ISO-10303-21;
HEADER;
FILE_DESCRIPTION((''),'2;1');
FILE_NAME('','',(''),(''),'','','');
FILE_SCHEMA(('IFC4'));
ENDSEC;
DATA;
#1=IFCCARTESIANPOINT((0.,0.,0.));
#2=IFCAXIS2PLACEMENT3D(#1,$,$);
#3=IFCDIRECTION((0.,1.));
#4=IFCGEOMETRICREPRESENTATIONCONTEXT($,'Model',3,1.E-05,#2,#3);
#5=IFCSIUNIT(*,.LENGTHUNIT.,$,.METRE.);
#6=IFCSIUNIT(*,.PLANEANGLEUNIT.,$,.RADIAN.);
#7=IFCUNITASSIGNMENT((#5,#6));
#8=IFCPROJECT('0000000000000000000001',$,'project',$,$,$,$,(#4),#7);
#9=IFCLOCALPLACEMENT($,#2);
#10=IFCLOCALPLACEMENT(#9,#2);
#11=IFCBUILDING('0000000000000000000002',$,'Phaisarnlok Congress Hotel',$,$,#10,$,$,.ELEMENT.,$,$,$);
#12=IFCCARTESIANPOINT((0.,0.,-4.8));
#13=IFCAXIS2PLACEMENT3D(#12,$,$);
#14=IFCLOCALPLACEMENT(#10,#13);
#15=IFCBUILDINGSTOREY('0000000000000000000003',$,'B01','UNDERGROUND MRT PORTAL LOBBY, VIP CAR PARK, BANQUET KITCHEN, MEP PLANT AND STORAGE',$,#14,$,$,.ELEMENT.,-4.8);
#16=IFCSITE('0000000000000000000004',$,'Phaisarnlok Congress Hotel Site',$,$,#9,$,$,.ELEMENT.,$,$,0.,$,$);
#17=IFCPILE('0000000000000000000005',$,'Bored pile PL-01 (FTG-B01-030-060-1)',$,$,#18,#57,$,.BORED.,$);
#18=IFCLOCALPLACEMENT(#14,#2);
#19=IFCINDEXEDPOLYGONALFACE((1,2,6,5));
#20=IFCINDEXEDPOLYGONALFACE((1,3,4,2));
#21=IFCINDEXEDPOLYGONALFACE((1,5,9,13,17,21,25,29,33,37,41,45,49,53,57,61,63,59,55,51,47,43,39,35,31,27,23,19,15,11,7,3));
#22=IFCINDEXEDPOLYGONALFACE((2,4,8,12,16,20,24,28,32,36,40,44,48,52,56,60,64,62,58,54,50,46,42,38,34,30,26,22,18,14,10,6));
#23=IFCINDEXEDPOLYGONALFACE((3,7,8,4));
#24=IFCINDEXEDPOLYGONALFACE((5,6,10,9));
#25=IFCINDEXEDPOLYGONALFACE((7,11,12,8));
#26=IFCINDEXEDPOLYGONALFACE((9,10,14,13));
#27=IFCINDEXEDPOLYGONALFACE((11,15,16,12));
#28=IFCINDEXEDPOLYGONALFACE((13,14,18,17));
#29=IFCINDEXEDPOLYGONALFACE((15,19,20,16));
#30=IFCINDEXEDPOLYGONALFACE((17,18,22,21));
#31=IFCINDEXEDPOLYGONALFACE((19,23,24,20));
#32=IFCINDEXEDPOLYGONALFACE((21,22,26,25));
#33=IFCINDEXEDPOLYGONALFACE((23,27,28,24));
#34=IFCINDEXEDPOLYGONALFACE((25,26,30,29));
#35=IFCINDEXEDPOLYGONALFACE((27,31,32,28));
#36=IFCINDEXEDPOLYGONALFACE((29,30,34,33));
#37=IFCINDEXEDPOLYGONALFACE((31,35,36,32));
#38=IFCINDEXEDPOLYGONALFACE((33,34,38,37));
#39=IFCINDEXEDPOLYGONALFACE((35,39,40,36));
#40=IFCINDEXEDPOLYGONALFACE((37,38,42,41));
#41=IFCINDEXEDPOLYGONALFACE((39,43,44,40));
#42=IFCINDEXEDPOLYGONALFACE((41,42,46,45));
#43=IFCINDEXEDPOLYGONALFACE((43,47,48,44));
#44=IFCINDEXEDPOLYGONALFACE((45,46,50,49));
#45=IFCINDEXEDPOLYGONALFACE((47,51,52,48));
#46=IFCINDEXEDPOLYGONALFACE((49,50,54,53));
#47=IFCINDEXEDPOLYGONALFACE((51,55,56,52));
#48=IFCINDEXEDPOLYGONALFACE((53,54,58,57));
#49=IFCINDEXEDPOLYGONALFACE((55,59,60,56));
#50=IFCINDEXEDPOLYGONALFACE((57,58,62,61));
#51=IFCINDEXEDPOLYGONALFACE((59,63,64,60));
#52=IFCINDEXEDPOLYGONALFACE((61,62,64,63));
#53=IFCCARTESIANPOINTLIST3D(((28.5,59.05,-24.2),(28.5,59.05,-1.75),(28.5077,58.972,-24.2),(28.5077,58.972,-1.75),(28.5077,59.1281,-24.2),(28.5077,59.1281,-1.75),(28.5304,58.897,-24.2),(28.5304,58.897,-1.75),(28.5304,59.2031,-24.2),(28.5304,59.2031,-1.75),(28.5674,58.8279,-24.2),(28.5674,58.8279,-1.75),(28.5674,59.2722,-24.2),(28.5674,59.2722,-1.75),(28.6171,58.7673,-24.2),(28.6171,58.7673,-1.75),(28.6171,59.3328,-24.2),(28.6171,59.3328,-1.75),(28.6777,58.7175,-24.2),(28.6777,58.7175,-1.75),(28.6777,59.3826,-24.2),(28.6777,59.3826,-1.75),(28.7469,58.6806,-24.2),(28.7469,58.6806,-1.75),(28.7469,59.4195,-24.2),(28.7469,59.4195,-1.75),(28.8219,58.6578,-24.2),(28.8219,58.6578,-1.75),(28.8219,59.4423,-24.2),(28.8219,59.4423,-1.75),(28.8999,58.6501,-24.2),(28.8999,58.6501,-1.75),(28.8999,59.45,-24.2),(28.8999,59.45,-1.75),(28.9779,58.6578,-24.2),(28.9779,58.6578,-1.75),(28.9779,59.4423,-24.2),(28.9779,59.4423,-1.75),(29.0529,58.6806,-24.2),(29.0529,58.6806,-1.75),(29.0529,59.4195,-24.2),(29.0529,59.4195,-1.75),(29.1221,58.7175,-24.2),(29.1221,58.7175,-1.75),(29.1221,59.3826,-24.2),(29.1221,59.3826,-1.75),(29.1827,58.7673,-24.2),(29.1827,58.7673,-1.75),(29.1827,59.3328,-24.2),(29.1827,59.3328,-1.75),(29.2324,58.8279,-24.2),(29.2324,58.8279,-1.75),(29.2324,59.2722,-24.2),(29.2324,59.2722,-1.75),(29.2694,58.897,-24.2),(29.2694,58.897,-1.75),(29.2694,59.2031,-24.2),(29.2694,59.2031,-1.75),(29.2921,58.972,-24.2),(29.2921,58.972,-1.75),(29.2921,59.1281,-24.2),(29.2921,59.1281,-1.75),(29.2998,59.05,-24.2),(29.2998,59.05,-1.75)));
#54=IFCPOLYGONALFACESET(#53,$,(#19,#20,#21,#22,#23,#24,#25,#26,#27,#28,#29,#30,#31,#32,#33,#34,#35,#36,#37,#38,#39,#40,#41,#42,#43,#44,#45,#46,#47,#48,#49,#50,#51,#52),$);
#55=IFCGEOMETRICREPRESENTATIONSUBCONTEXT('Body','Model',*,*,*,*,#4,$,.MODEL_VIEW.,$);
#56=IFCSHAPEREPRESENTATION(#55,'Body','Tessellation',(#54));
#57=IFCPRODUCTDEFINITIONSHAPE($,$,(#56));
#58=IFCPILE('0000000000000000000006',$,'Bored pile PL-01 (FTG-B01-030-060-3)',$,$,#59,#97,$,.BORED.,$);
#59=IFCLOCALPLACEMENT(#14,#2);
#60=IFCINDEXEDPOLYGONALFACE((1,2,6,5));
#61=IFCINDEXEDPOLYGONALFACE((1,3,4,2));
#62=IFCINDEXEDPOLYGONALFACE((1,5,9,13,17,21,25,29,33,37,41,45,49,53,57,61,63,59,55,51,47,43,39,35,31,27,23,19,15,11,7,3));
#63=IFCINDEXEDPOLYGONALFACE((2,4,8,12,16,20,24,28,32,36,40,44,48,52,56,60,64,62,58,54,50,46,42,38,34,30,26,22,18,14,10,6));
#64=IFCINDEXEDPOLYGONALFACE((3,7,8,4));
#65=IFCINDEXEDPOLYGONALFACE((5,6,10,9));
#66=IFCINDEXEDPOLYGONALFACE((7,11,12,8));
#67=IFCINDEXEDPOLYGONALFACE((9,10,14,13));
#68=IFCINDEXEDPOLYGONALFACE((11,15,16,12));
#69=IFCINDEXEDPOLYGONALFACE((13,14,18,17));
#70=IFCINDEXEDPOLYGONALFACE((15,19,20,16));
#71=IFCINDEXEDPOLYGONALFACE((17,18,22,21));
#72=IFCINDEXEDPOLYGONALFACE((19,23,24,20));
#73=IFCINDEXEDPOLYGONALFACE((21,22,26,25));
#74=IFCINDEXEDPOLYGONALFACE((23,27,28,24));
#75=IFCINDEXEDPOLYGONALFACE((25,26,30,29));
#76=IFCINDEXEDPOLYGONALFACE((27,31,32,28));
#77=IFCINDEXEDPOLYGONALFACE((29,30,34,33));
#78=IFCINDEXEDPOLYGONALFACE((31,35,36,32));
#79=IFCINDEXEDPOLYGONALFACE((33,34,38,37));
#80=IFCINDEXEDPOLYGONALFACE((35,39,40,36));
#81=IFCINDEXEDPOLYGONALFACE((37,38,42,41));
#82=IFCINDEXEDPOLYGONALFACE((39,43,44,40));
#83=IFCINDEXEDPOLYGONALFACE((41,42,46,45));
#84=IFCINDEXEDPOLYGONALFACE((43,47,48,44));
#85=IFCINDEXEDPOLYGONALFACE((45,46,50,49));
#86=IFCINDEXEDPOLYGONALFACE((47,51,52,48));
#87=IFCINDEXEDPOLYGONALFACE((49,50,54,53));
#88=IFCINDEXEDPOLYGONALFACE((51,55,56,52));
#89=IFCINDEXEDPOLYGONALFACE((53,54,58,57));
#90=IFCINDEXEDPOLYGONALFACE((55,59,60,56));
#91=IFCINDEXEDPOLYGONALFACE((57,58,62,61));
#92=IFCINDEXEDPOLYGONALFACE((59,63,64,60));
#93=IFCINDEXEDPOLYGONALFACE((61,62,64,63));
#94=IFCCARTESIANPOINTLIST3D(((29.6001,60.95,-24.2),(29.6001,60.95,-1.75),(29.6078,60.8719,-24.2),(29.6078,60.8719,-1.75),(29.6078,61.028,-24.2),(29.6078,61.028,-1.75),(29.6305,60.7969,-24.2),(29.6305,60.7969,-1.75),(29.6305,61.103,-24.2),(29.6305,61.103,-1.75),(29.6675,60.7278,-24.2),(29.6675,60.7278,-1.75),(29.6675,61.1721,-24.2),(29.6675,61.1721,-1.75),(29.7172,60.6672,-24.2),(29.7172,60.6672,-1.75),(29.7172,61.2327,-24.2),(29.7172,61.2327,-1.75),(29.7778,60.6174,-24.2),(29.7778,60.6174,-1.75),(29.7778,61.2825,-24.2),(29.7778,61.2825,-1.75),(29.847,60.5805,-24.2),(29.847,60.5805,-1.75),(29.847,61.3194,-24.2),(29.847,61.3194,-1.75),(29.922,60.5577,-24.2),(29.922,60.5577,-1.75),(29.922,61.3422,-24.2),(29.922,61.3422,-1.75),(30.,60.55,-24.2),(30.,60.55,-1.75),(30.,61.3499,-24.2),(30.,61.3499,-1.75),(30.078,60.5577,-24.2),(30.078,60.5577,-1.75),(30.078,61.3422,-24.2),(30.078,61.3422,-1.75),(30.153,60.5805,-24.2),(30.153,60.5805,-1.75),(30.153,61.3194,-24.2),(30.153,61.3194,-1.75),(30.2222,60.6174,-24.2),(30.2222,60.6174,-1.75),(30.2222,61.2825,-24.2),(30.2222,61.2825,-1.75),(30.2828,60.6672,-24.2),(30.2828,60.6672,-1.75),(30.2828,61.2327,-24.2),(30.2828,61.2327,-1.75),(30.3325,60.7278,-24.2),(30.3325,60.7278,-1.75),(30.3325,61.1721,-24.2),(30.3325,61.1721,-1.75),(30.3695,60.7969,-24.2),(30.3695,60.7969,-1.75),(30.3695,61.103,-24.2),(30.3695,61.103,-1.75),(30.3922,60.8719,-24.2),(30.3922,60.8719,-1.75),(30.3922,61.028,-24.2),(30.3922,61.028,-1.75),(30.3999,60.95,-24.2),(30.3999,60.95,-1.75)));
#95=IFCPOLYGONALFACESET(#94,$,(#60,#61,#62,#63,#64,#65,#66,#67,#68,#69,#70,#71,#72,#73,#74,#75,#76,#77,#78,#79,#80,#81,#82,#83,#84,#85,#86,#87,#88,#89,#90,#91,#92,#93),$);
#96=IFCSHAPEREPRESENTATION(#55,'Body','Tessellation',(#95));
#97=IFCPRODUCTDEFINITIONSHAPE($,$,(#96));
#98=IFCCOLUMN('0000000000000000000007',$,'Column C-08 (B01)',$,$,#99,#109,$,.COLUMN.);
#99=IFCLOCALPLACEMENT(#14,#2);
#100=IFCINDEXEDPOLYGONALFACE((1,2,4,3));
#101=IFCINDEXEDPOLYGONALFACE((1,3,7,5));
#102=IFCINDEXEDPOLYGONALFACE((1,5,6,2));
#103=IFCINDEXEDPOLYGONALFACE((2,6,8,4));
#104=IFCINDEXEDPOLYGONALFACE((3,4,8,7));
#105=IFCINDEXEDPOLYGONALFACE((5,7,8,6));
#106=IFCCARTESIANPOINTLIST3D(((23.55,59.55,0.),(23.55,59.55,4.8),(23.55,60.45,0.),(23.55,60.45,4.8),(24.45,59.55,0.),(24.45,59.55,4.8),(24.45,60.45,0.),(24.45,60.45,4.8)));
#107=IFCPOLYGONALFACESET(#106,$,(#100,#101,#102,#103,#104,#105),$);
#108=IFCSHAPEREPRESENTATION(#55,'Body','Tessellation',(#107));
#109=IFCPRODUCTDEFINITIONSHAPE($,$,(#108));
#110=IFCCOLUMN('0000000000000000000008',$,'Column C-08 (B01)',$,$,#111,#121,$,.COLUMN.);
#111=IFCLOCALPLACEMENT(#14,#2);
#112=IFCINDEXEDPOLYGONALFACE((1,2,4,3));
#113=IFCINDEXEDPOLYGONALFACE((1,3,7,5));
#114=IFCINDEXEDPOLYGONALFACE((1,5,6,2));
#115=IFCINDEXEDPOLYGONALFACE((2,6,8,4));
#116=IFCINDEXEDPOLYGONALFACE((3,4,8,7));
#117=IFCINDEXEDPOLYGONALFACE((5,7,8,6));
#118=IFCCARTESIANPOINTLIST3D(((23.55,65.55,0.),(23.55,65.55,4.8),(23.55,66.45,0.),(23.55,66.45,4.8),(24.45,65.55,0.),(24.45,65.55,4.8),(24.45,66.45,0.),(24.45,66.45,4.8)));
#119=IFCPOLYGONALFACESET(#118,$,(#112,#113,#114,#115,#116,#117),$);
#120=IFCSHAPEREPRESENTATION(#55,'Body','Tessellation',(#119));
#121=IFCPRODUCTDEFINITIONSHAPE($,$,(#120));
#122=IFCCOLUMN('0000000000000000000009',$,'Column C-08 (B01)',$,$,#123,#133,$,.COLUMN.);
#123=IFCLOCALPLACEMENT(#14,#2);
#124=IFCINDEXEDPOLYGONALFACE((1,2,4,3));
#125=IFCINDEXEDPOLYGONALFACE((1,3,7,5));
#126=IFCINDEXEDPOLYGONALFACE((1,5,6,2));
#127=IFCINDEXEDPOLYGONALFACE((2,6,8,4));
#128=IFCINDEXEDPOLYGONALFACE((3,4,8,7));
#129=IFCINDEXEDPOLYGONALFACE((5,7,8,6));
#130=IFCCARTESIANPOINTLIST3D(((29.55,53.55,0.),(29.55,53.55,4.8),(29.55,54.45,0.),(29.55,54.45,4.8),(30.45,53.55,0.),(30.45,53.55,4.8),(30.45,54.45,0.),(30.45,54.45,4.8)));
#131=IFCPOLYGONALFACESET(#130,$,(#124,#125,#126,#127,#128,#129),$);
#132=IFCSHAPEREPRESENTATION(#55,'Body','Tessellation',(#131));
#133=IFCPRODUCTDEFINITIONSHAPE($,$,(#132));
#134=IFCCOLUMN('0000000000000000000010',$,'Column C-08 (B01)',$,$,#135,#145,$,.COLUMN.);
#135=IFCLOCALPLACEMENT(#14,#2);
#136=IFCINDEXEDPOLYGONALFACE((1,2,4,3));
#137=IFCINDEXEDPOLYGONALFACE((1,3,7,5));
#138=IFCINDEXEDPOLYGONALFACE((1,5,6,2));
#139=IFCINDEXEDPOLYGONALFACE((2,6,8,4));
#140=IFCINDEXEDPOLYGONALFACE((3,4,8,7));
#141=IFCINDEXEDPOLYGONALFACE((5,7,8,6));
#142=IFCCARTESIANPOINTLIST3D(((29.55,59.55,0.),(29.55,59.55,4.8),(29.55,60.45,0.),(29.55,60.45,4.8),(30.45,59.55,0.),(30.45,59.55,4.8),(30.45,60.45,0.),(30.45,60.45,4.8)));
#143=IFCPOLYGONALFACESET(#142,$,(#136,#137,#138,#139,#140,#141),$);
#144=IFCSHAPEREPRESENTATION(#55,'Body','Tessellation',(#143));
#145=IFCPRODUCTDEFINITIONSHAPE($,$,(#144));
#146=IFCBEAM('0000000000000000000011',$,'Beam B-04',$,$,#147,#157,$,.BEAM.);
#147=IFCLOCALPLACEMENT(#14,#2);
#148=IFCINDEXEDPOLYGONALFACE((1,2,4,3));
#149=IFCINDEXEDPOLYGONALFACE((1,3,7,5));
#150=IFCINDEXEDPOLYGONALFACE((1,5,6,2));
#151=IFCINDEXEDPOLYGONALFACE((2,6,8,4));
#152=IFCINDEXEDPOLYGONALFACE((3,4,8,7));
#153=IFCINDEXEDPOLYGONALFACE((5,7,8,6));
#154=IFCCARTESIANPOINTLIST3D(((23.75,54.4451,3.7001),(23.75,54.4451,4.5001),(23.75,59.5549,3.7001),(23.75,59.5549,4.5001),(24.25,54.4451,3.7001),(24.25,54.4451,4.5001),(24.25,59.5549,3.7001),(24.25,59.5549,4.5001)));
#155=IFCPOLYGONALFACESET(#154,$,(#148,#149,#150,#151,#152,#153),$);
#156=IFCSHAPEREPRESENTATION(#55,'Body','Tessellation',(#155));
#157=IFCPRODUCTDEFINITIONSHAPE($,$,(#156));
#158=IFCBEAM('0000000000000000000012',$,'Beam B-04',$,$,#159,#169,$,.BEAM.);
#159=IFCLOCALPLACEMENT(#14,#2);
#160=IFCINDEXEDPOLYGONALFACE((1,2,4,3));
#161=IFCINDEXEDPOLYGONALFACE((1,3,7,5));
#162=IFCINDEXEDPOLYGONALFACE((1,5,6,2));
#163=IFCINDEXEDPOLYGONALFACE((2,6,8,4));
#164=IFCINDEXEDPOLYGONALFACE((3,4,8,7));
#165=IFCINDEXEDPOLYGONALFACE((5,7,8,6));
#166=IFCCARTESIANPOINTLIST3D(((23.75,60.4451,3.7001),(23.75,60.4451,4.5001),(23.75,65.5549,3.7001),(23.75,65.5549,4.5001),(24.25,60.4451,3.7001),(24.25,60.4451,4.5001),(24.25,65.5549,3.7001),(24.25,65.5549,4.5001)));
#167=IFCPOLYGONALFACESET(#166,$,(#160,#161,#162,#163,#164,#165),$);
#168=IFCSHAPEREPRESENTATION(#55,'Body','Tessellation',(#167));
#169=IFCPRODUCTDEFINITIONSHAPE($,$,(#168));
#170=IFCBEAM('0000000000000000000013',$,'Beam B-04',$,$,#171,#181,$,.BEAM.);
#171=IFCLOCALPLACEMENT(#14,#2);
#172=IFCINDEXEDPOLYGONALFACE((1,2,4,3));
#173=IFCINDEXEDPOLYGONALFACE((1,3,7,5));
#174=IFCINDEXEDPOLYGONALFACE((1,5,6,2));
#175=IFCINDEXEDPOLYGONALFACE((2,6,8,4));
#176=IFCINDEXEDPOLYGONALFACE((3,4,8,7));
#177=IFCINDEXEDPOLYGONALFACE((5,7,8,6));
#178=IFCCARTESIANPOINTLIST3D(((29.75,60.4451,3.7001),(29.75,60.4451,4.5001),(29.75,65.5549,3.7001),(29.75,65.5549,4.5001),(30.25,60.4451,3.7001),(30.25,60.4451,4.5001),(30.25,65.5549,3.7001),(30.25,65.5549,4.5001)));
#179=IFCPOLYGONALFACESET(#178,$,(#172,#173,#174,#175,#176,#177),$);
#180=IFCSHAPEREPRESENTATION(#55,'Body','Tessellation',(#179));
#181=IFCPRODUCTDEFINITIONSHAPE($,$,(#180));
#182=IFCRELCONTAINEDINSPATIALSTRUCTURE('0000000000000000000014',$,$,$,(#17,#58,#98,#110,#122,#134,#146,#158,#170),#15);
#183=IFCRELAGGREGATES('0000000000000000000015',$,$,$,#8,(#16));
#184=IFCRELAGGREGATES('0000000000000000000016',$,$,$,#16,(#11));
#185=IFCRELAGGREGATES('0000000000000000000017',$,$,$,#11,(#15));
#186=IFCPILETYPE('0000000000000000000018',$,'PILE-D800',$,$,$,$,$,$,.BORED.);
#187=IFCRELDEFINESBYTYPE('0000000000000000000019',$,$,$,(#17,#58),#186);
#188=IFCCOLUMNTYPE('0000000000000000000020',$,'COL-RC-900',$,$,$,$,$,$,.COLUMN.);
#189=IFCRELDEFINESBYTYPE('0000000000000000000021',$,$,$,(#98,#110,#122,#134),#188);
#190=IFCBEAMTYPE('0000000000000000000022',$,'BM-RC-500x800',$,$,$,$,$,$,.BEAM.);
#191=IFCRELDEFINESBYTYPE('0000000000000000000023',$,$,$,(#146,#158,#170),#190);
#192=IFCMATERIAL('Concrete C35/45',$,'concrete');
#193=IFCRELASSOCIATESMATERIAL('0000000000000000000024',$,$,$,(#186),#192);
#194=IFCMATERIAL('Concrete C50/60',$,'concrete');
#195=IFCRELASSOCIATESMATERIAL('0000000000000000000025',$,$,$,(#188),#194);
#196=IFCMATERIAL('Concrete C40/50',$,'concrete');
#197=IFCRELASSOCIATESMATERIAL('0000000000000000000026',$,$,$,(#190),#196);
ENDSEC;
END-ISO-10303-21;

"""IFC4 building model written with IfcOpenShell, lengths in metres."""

from ifc_helpers import new_model, si_unit, direction, frame, origin, origin_2d, place, context, subcontext, project, spatial, rectangle, circle, extrude, material, material_profile, profile_set, type_object, element, save


model = new_model("IFC4")

# Units and contexts
model_context = context("Model", 3, precision=1e-05, world=origin(), true_north=direction((0.0, 1.0)))
body_context = subcontext(model_context, "Body", "Model", "MODEL_VIEW")
ifc_project = project(units=[si_unit("LENGTHUNIT", "METRE"), si_unit("PLANEANGLEUNIT", "RADIAN")], contexts=[model_context])

# Site, building, storey
site_placement = place(None, origin())
site = spatial("IfcSite", under=ifc_project, at=site_placement, Name="Phaisarnlok Congress Hotel Site", CompositionType="ELEMENT", RefElevation=0.0)
building_placement = place(site_placement, origin())
building = spatial("IfcBuilding", under=site, at=building_placement, Name="Phaisarnlok Congress Hotel", CompositionType="ELEMENT")
storey_placement = place(building_placement, frame((0.0, 0.0, -4.8)))
storey = spatial("IfcBuildingStorey", under=building, at=storey_placement, Name="B01", Description="UNDERGROUND MRT PORTAL LOBBY, VIP CAR PARK, BANQUET KITCHEN, MEP PLANT AND STORAGE", CompositionType="ELEMENT", Elevation=-4.8)

# Shared definitions
ifc_material_1 = material(Name="Concrete C40/50", Category="concrete")

# Piles
ifc_material_2 = material(Name="Concrete C35/45", Category="concrete")
ifc_material_profile_1 = material_profile(ifc_material_2, circle(Radius=0.3999, at=origin_2d()), Name="BORED PILE D800")
ifc_profile_set_1 = profile_set([ifc_material_profile_1], Name="Concrete C35/45")
pile_type_1 = type_object("IfcPileType", Name="PILE-D800", PredefinedType="BORED", material=ifc_profile_set_1)
for number, where, z_axis, x_axis, name in (
    (1, (28.8999, 59.05, -1.75), (0.0, 0.0, -1.0), (1.0, 0.0, 0.0), "Bored pile PL-01 (FTG-B01-030-060-1)"),
    (2, (30.0, 60.95, -1.75), (0.0, 0.0, -1.0), (1.0, 0.0, 0.0), "Bored pile PL-01 (FTG-B01-030-060-3)"),
):
    element("IfcPile", number, at=place(storey_placement, frame(where, z_axis=z_axis, x_axis=x_axis)), inside=storey, type_object=pile_type_1, Name=name, PredefinedType="BORED", context=body_context, shape_type="SweptSolid", body=[
        extrude(circle(Radius=0.3999, at=origin_2d()), origin(), (0.0, 0.0, 1.0), 22.45),
    ])

# Columns
ifc_material_3 = material(Name="Concrete C50/60", Category="concrete")
ifc_material_profile_2 = material_profile(ifc_material_3, rectangle(XDim=0.8999, YDim=0.8999, at=origin_2d()), Name="RC 900x900")
ifc_profile_set_2 = profile_set([ifc_material_profile_2], Name="Concrete C50/60")
column_type = type_object("IfcColumnType", Name="COL-RC-900", PredefinedType="COLUMN", material=ifc_profile_set_2)
for number, where, z_axis, x_axis, name in (
    (3, (24.0, 60.0, 0.0), (0.0, 0.0, 1.0), (1.0, 0.0, 0.0), "Column C-08 (B01)"),
    (4, (24.0, 66.0, 0.0), (0.0, 0.0, 1.0), (1.0, 0.0, 0.0), "Column C-08 (B01)"),
    (5, (30.0, 54.0, 0.0), (0.0, 0.0, 1.0), (1.0, 0.0, 0.0), "Column C-08 (B01)"),
    (6, (30.0, 60.0, 0.0), (0.0, 0.0, 1.0), (1.0, 0.0, 0.0), "Column C-08 (B01)"),
):
    element("IfcColumn", number, at=place(storey_placement, frame(where, z_axis=z_axis, x_axis=x_axis)), inside=storey, type_object=column_type, Name=name, PredefinedType="COLUMN", context=body_context, shape_type="SweptSolid", body=[
        extrude(rectangle(XDim=0.8999, YDim=0.8999, at=origin_2d()), origin(), (0.0, 0.0, 1.0), 4.8),
    ])

# Beams
ifc_material_profile_3 = material_profile(ifc_material_1, rectangle(XDim=0.5, YDim=0.8, at=origin_2d()), Name="RC 500x800")
ifc_profile_set_3 = profile_set([ifc_material_profile_3], Name="Concrete C40/50")
beam_type_1 = type_object("IfcBeamType", Name="BM-RC-500x800", PredefinedType="BEAM", material=ifc_profile_set_3)
for number, where, z_axis, x_axis, name in (
    (7, (24.0, 54.4451, 4.1001), (0.0, 1.0, 0.0), (-1.0, 0.0, 0.0), "Beam B-04"),
    (8, (24.0, 60.4451, 4.1001), (0.0, 1.0, 0.0), (-1.0, 0.0, 0.0), "Beam B-04"),
    (9, (30.0, 60.4451, 4.1001), (0.0, 1.0, 0.0), (-1.0, 0.0, 0.0), "Beam B-04"),
):
    element("IfcBeam", number, at=place(storey_placement, frame(where, z_axis=z_axis, x_axis=x_axis)), inside=storey, type_object=beam_type_1, Name=name, PredefinedType="BEAM", context=body_context, shape_type="SweptSolid", body=[
        extrude(rectangle(XDim=0.5, YDim=0.8, at=origin_2d()), origin(), (0.0, 0.0, 1.0), 5.1099),
    ])

save(model, "model.ifc")
